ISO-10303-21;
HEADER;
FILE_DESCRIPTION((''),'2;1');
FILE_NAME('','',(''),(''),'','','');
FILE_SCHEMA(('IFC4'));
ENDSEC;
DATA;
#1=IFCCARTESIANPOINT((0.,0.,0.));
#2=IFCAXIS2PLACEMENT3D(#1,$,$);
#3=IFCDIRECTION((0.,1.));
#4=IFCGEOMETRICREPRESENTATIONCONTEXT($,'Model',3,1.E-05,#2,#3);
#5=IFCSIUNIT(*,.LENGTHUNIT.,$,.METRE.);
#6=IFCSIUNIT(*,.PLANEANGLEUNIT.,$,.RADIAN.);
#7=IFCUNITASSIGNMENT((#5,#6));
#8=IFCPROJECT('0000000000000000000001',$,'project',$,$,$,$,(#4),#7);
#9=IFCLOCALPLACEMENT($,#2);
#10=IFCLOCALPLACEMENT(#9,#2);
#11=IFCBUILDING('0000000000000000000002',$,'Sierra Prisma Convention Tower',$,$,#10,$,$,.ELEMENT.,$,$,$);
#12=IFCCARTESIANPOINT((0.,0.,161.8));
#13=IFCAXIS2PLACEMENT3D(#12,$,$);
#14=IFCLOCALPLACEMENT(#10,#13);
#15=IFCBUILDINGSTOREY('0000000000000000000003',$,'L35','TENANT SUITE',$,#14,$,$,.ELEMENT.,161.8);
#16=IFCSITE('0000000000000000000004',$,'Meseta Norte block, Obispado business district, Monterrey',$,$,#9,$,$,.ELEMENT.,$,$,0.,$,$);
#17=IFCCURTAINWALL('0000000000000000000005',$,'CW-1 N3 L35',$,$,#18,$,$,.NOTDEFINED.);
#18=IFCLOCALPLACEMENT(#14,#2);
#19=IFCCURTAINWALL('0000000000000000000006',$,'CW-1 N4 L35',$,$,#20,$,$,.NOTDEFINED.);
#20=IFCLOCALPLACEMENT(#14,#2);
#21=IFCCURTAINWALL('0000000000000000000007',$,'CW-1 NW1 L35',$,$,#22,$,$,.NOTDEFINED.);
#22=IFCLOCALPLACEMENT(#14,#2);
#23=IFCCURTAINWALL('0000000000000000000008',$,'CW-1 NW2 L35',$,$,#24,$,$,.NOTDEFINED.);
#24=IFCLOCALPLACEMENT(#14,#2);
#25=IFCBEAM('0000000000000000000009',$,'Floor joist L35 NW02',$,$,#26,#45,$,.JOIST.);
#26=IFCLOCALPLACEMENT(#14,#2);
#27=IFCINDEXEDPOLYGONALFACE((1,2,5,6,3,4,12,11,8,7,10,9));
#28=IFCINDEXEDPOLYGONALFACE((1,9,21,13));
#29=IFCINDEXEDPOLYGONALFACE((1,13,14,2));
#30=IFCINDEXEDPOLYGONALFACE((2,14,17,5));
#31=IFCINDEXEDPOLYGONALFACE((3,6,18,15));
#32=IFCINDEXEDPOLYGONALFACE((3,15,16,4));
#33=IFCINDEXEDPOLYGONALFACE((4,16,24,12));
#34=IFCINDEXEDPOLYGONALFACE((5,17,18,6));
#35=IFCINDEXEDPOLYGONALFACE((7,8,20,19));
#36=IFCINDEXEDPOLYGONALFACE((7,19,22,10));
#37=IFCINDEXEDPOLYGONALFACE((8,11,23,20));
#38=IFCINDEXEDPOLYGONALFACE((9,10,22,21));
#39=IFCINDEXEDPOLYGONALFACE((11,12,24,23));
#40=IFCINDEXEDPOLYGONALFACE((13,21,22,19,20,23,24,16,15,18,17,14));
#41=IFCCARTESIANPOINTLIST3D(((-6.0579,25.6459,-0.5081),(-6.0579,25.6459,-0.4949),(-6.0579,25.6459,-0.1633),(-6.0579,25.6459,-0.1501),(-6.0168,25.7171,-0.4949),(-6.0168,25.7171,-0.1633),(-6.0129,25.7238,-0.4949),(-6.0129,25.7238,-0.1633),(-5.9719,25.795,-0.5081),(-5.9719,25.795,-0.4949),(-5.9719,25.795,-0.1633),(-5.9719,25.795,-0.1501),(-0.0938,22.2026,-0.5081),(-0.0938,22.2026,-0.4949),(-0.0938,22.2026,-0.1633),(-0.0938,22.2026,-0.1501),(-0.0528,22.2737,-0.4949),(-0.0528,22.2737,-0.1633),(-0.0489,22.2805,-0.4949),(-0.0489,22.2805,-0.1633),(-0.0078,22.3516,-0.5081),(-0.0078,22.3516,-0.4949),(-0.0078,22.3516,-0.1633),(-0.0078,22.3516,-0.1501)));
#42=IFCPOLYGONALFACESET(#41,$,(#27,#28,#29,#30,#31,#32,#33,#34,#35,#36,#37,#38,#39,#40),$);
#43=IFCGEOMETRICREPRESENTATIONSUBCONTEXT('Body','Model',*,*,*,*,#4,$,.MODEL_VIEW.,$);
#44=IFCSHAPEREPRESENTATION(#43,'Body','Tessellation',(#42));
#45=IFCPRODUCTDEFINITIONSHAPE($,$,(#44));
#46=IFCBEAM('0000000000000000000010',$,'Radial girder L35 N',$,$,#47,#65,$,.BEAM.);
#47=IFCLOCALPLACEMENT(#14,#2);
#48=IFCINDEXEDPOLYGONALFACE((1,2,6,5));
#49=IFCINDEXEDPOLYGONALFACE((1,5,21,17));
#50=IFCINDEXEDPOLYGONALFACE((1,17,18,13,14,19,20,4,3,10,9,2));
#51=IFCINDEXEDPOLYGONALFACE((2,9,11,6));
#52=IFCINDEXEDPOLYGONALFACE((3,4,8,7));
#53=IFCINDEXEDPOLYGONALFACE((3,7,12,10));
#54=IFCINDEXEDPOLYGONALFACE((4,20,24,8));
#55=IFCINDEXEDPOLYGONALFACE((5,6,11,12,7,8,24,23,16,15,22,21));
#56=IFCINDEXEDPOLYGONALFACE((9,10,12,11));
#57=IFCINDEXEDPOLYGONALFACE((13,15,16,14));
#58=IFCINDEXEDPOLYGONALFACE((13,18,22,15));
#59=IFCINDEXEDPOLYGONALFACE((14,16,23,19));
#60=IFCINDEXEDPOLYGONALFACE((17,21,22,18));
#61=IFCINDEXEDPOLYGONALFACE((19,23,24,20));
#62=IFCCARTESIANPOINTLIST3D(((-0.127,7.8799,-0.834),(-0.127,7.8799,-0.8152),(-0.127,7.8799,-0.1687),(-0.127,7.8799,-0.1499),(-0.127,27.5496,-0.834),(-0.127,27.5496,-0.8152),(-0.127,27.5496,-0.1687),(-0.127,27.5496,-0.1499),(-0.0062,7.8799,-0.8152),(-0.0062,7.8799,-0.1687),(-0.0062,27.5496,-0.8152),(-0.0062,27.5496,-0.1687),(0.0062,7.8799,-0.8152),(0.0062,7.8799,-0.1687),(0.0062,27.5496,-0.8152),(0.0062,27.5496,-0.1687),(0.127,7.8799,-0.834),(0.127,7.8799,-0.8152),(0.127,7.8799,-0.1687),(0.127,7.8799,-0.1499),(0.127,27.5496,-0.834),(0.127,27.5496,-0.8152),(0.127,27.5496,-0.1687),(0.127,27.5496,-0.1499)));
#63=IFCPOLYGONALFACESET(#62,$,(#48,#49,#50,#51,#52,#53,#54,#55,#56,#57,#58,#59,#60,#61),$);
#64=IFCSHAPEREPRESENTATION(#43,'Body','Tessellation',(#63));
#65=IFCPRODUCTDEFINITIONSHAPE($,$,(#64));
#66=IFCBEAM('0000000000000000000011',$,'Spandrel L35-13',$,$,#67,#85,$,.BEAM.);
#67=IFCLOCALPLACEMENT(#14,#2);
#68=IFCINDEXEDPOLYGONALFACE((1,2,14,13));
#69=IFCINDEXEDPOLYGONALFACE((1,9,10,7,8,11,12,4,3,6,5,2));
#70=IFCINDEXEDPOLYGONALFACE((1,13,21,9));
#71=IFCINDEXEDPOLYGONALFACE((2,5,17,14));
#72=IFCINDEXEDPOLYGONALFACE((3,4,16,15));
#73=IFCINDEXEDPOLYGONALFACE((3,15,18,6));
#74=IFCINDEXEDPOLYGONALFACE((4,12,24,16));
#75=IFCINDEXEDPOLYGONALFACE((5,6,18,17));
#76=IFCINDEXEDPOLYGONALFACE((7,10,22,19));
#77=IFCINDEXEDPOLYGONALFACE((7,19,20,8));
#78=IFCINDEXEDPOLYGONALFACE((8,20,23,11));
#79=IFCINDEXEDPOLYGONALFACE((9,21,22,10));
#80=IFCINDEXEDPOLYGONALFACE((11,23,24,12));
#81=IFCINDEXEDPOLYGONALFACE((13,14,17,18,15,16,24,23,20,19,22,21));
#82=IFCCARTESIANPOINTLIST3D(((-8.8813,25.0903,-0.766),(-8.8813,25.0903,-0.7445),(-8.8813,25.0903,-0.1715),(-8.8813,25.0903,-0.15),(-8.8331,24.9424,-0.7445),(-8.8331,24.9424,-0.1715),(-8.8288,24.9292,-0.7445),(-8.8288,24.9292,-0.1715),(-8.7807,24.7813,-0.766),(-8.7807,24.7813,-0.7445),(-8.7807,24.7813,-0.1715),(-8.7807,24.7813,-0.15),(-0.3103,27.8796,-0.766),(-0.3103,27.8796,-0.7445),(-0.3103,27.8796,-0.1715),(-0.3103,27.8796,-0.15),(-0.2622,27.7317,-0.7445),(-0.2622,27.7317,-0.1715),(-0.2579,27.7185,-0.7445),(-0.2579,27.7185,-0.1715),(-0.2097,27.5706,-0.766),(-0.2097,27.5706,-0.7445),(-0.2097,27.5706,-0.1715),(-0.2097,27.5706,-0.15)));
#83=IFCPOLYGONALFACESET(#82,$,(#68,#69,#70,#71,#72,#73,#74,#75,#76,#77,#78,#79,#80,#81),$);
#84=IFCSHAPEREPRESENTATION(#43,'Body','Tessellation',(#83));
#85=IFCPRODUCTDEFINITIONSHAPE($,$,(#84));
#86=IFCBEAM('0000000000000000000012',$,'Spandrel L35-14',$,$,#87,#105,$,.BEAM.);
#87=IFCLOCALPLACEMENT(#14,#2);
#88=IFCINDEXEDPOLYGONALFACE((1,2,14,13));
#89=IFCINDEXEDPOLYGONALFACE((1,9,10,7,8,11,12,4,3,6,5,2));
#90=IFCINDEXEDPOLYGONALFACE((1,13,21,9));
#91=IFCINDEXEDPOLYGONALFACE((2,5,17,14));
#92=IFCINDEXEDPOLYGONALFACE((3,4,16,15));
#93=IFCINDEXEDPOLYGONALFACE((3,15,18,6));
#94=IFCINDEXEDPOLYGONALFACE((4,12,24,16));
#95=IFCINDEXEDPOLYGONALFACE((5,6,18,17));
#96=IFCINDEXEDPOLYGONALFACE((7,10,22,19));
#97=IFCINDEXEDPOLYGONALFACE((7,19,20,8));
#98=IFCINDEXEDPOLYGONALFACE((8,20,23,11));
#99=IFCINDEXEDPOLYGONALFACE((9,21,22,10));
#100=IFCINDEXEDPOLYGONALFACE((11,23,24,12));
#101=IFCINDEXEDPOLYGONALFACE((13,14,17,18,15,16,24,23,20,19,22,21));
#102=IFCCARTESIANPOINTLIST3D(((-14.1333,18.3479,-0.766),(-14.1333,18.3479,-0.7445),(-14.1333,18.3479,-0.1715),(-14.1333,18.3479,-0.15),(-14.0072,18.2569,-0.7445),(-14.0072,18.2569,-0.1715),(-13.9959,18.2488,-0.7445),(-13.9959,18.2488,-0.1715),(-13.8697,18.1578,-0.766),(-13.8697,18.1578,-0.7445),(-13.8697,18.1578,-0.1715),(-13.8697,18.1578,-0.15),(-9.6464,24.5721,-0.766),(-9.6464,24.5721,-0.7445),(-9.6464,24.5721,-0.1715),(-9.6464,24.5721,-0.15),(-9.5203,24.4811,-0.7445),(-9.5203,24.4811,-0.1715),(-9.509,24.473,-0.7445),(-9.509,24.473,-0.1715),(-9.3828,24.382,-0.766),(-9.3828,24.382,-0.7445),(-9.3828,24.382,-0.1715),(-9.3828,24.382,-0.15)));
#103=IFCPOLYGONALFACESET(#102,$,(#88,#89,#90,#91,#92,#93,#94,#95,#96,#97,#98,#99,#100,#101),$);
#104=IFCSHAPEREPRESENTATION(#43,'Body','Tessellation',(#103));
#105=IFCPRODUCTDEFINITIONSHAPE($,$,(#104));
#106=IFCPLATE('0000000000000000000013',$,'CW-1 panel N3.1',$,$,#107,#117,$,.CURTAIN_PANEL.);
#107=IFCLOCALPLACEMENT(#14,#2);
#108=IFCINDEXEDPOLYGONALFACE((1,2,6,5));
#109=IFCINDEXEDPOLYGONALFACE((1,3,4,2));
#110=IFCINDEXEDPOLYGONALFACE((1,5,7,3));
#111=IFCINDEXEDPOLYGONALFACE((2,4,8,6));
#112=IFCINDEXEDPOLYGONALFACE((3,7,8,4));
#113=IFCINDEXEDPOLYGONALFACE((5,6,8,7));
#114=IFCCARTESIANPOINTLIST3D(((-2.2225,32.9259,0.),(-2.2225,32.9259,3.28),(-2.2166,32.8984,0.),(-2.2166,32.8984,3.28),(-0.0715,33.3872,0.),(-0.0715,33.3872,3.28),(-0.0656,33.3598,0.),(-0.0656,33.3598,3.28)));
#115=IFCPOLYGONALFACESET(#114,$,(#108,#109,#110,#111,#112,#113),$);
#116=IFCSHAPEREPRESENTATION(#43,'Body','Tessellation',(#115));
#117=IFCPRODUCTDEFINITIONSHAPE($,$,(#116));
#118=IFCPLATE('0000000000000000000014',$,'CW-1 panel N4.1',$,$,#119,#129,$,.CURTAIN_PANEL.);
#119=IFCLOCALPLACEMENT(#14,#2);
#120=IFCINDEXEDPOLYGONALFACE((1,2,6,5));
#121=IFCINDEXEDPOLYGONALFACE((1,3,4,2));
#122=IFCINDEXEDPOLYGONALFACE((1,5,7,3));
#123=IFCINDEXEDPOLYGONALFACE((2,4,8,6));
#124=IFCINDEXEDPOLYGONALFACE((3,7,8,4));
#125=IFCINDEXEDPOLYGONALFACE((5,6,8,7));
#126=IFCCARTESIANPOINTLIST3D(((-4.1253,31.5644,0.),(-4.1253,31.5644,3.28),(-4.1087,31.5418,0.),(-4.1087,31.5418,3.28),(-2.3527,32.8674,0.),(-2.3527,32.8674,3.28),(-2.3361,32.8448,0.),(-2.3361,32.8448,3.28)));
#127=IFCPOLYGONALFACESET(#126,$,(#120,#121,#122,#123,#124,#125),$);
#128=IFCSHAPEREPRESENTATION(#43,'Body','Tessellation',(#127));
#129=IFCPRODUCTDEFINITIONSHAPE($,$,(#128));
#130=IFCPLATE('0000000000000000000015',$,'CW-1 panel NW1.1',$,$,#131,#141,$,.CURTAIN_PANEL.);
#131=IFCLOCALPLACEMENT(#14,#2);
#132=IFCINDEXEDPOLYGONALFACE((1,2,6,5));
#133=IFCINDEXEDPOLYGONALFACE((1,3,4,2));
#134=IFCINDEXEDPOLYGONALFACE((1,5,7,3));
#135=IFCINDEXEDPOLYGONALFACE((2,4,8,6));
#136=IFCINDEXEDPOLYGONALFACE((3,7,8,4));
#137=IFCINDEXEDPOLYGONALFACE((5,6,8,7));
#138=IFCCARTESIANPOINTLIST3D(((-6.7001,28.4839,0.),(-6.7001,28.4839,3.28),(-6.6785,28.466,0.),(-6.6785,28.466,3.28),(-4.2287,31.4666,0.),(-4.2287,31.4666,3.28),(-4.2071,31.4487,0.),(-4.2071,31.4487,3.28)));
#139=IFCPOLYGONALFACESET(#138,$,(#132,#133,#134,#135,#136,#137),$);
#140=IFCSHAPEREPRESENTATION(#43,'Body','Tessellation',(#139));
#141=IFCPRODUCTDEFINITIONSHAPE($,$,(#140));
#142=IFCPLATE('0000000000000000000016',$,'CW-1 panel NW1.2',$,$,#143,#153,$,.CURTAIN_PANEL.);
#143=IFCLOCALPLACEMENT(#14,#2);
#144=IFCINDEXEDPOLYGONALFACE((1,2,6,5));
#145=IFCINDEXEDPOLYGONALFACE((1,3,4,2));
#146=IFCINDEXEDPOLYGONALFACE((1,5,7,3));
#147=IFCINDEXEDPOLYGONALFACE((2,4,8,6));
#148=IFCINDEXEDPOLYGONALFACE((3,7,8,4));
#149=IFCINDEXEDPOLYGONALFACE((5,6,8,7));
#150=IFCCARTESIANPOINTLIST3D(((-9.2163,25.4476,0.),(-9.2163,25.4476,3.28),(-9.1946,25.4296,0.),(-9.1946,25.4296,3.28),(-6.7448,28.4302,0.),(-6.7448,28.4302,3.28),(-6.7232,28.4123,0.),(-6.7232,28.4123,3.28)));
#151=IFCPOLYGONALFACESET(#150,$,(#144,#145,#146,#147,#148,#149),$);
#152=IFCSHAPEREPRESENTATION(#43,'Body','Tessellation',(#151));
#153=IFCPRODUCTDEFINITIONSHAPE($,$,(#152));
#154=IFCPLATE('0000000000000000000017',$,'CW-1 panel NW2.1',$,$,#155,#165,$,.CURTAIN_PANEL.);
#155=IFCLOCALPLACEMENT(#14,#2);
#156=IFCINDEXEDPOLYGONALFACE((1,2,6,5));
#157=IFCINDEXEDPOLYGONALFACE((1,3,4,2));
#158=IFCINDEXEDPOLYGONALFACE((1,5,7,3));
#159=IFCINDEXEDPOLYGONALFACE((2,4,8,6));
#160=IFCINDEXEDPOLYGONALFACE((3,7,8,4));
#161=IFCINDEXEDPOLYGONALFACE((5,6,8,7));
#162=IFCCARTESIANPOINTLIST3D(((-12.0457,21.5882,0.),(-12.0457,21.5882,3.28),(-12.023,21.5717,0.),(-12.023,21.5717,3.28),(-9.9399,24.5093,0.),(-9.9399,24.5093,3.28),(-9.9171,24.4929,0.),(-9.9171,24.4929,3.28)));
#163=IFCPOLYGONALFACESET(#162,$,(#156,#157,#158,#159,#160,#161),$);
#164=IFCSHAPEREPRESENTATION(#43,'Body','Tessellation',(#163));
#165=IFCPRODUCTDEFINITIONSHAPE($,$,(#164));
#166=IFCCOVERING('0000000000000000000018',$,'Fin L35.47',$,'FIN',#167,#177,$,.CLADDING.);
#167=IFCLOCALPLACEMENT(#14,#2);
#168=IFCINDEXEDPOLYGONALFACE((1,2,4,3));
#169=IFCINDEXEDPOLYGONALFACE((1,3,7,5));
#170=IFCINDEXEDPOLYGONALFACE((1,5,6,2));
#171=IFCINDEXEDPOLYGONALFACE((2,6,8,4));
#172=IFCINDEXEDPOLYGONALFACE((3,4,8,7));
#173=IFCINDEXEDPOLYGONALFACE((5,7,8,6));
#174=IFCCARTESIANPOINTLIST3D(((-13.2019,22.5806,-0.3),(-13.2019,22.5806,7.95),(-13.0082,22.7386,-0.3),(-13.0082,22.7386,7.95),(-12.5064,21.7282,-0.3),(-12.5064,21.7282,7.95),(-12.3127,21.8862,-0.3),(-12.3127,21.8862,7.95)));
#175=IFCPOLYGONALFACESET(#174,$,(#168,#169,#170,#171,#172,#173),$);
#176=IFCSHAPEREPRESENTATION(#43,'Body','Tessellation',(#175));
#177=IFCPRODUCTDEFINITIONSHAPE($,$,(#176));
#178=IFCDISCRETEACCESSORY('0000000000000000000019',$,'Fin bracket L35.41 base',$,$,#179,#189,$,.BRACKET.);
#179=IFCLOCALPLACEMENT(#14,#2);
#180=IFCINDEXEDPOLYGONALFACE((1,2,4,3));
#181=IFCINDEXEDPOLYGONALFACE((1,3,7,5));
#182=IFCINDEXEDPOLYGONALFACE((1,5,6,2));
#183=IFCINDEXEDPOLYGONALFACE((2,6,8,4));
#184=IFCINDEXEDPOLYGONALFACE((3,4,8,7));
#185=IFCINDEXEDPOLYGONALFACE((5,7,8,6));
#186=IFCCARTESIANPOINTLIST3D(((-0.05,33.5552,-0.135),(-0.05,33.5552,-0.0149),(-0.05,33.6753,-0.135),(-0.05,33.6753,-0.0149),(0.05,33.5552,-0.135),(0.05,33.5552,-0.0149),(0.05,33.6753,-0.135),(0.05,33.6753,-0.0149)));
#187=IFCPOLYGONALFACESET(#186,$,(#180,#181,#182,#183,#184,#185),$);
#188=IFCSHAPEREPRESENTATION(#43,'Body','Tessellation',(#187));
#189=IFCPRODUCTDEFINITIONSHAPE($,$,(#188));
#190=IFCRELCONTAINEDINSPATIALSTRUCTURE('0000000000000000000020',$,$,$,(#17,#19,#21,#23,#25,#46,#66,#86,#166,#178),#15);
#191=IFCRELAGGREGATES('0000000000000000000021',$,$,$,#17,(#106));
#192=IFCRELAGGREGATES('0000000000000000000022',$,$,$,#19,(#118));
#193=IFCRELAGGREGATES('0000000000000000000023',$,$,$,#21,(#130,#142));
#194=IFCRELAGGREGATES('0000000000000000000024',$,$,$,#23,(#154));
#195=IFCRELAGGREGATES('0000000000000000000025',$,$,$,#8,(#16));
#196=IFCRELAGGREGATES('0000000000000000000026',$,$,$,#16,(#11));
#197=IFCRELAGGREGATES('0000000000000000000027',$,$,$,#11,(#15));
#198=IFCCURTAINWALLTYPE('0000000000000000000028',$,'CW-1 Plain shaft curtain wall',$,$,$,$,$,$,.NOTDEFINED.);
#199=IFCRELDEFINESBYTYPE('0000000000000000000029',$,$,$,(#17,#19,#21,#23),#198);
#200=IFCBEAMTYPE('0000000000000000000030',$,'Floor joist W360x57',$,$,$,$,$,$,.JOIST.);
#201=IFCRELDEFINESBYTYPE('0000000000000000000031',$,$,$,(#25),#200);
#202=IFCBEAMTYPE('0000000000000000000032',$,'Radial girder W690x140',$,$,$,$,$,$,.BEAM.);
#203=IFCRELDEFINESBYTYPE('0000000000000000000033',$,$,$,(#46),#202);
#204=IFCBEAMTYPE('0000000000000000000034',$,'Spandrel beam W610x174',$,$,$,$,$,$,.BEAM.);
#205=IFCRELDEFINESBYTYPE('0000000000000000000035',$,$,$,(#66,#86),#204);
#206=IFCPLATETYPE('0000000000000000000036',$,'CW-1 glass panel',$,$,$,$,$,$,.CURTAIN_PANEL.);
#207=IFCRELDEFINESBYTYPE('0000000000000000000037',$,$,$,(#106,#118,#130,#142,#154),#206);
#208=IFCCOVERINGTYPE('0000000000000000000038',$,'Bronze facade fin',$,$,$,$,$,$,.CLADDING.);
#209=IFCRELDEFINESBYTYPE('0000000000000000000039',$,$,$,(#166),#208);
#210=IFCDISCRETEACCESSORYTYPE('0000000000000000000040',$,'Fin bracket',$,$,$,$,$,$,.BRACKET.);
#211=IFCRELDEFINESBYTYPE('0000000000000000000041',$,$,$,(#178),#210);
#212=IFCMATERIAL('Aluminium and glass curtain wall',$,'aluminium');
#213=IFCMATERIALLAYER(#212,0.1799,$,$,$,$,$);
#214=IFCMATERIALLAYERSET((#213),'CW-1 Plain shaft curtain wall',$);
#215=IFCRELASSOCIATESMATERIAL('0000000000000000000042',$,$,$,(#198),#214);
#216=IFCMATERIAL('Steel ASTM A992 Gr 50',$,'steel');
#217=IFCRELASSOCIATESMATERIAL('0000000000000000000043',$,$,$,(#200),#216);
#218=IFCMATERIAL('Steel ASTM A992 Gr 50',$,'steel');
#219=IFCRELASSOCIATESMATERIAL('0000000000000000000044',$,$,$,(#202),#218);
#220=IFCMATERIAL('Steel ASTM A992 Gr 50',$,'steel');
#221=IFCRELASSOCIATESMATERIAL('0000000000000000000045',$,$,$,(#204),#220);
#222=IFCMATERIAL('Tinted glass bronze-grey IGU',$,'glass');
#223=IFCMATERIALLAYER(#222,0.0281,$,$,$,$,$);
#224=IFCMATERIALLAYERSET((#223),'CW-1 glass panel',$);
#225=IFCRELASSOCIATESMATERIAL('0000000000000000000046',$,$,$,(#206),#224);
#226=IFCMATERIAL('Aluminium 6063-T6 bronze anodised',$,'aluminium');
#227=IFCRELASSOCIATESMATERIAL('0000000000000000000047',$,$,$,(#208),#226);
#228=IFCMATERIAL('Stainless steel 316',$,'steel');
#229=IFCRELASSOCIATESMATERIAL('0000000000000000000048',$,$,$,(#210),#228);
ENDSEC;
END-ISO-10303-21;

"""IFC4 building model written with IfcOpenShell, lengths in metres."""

from ifc_helpers import new_model, si_unit, direction, frame, origin, origin_2d, place, context, subcontext, project, spatial, rectangle, i_section, extrude, material, layer, layer_set, material_profile, profile_set, type_object, element, aggregate, save


model = new_model("IFC4")

# Units and contexts
model_context = context("Model", 3, precision=1e-05, world=origin(), true_north=direction((0.0, 1.0)))
body_context = subcontext(model_context, "Body", "Model", "MODEL_VIEW")
ifc_project = project(units=[si_unit("LENGTHUNIT", "METRE"), si_unit("PLANEANGLEUNIT", "RADIAN")], contexts=[model_context])

# Site, building, storey
site_placement = place(None, origin())
site = spatial("IfcSite", under=ifc_project, at=site_placement, Name="Meseta Norte block, Obispado business district, Monterrey", CompositionType="ELEMENT", RefElevation=0.0)
building_placement = place(site_placement, origin())
building = spatial("IfcBuilding", under=site, at=building_placement, Name="Sierra Prisma Convention Tower", CompositionType="ELEMENT")
storey_placement = place(building_placement, frame((0.0, 0.0, 161.8)))
storey = spatial("IfcBuildingStorey", under=building, at=storey_placement, Name="L35", Description="TENANT SUITE", CompositionType="ELEMENT", Elevation=161.8)

# Curtain walls
ifc_material_1 = material(Name="Aluminium and glass curtain wall", Category="aluminium")
ifc_layer_1 = layer(ifc_material_1, 0.1799)
ifc_layer_set_1 = layer_set([ifc_layer_1], Name="CW-1 Plain shaft curtain wall")
curtain_wall_type = type_object("IfcCurtainWallType", Name="CW-1 Plain shaft curtain wall", PredefinedType="NOTDEFINED", material=ifc_layer_set_1)
curtain_wall_1_placement = place(storey_placement, origin())
curtain_wall_1 = element("IfcCurtainWall", 1, at=curtain_wall_1_placement, inside=storey, type_object=curtain_wall_type, Name="CW-1 N3 L35", PredefinedType="NOTDEFINED")
curtain_wall_2_placement = place(storey_placement, origin())
curtain_wall_2 = element("IfcCurtainWall", 2, at=curtain_wall_2_placement, inside=storey, type_object=curtain_wall_type, Name="CW-1 N4 L35", PredefinedType="NOTDEFINED")

# Curtain wall
curtain_wall_3_placement = place(storey_placement, origin())
curtain_wall_3 = element("IfcCurtainWall", 3, at=curtain_wall_3_placement, inside=storey, type_object=curtain_wall_type, Name="CW-1 NW1 L35", PredefinedType="NOTDEFINED")

# Curtain wall
curtain_wall_4_placement = place(storey_placement, origin())
curtain_wall_4 = element("IfcCurtainWall", 4, at=curtain_wall_4_placement, inside=storey, type_object=curtain_wall_type, Name="CW-1 NW2 L35", PredefinedType="NOTDEFINED")

# Beams
ifc_material_2 = material(Name="Steel ASTM A992 Gr 50", Category="steel")
ifc_material_profile_1 = material_profile(ifc_material_2, i_section(OverallWidth=0.1721, OverallDepth=0.3579, WebThickness=0.0078, FlangeThickness=0.0132, at=origin_2d()), Name="W360x57")
ifc_profile_set_1 = profile_set([ifc_material_profile_1], Name="Steel ASTM A992 Gr 50")
beam_type_1 = type_object("IfcBeamType", Name="Floor joist W360x57", PredefinedType="JOIST", material=ifc_profile_set_1)
beam_1_placement = place(storey_placement, frame((-6.0149, 25.7205, -0.3291), z_axis=(0.866027, -0.499998, 0.0), x_axis=(0.499998, 0.866027, 0.0)))
element("IfcBeam", 5, at=beam_1_placement, inside=storey, type_object=beam_type_1, Name="Floor joist L35 NW02", PredefinedType="JOIST", context=body_context, shape_type="SweptSolid", body=[
    extrude(i_section(OverallWidth=0.1721, OverallDepth=0.3579, WebThickness=0.0078, FlangeThickness=0.0132, at=origin_2d()), origin(), (0.0, 0.0, 1.0), 6.8867),
])
ifc_material_3 = material(Name="Steel ASTM A992 Gr 50", Category="steel")
ifc_material_profile_2 = material_profile(ifc_material_3, i_section(OverallWidth=0.2539, OverallDepth=0.6841, WebThickness=0.0125, FlangeThickness=0.0188, at=origin_2d()), Name="W690x140")
ifc_profile_set_2 = profile_set([ifc_material_profile_2], Name="Steel ASTM A992 Gr 50")
beam_type_2 = type_object("IfcBeamType", Name="Radial girder W690x140", PredefinedType="BEAM", material=ifc_profile_set_2)
beam_2_placement = place(storey_placement, frame((0.0, 27.5496, -0.4919), z_axis=(0.0, -1.0, 0.0), x_axis=(1.0, 0.0, 0.0)))
element("IfcBeam", 6, at=beam_2_placement, inside=storey, type_object=beam_type_2, Name="Radial girder L35 N", PredefinedType="BEAM", context=body_context, shape_type="SweptSolid", body=[
    extrude(i_section(OverallWidth=0.2539, OverallDepth=0.6841, WebThickness=0.0125, FlangeThickness=0.0188, at=origin_2d()), origin(), (0.0, 0.0, 1.0), 19.6697),
])
ifc_material_4 = material(Name="Steel ASTM A992 Gr 50", Category="steel")
ifc_material_profile_3 = material_profile(ifc_material_4, i_section(OverallWidth=0.325, OverallDepth=0.616, WebThickness=0.0139, FlangeThickness=0.0215, at=origin_2d()), Name="W610x174")
ifc_profile_set_3 = profile_set([ifc_material_profile_3], Name="Steel ASTM A992 Gr 50")
beam_type_3 = type_object("IfcBeamType", Name="Spandrel beam W610x174", PredefinedType="BEAM", material=ifc_profile_set_3)
beam_3_placement = place(storey_placement, frame((-0.26, 27.7251, -0.458), z_axis=(-0.950913, -0.309459, 0.0), x_axis=(0.309459, -0.950913, 0.0)))
element("IfcBeam", 7, at=beam_3_placement, inside=storey, type_object=beam_type_3, Name="Spandrel L35-13", PredefinedType="BEAM", context=body_context, shape_type="SweptSolid", body=[
    extrude(i_section(OverallWidth=0.325, OverallDepth=0.616, WebThickness=0.0139, FlangeThickness=0.0215, at=origin_2d()), origin(), (0.0, 0.0, 1.0), 9.0134),
])
beam_4_placement = place(storey_placement, frame((-9.5146, 24.4771, -0.458), z_axis=(-0.584772, -0.811197, 0.0), x_axis=(0.811197, -0.584772, 0.0)))
element("IfcBeam", 8, at=beam_4_placement, inside=storey, type_object=beam_type_3, Name="Spandrel L35-14", PredefinedType="BEAM", context=body_context, shape_type="SweptSolid", body=[
    extrude(i_section(OverallWidth=0.325, OverallDepth=0.616, WebThickness=0.0139, FlangeThickness=0.0215, at=origin_2d()), origin(), (0.0, 0.0, 1.0), 7.6729),
])

# Plates
ifc_material_5 = material(Name="Tinted glass bronze-grey IGU", Category="glass")
ifc_layer_2 = layer(ifc_material_5, 0.0281)
ifc_layer_set_2 = layer_set([ifc_layer_2], Name="CW-1 glass panel")
plate_type = type_object("IfcPlateType", Name="CW-1 glass panel", PredefinedType="CURTAIN_PANEL", material=ifc_layer_set_2)
plate_1_placement = place(storey_placement, frame((-1.144, 33.1428, 0.0), z_axis=(0.0, 0.0, 1.0), x_axis=(-0.97776, -0.209728, 0.0)))
plate_1 = element("IfcPlate", 9, at=plate_1_placement, type_object=plate_type, Name="CW-1 panel N3.1", PredefinedType="CURTAIN_PANEL", context=body_context, shape_type="SweptSolid", body=[
    extrude(rectangle(XDim=2.2, YDim=0.0281, at=origin_2d()), origin(), (0.0, 0.0, 1.0), 3.28),
])
aggregate(curtain_wall_1, [plate_1])
plate_2_placement = place(storey_placement, frame((-3.2307, 32.2046, 0.0), z_axis=(0.0, 0.0, 1.0), x_axis=(-0.805729, -0.592284, 0.0)))
plate_2 = element("IfcPlate", 10, at=plate_2_placement, type_object=plate_type, Name="CW-1 panel N4.1", PredefinedType="CURTAIN_PANEL", context=body_context, shape_type="SweptSolid", body=[
    extrude(rectangle(XDim=2.2, YDim=0.0281, at=origin_2d()), origin(), (0.0, 0.0, 1.0), 3.28),
])
aggregate(curtain_wall_2, [plate_2])
plate_3_placement = place(storey_placement, frame((-5.4536, 29.9663, 0.0), z_axis=(0.0, 0.0, 1.0), x_axis=(-0.638033, -0.770009, 0.0)))
plate_3 = element("IfcPlate", 11, at=plate_3_placement, type_object=plate_type, Name="CW-1 panel NW1.1", PredefinedType="CURTAIN_PANEL", context=body_context, shape_type="SweptSolid", body=[
    extrude(rectangle(XDim=3.8735, YDim=0.0281, at=origin_2d()), origin(), (0.0, 0.0, 1.0), 3.28),
])
plate_4_placement = place(storey_placement, frame((-7.9697, 26.9299, 0.0), z_axis=(0.0, 0.0, 1.0), x_axis=(-0.638033, -0.770009, 0.0)))
plate_4 = element("IfcPlate", 12, at=plate_4_placement, type_object=plate_type, Name="CW-1 panel NW1.2", PredefinedType="CURTAIN_PANEL", context=body_context, shape_type="SweptSolid", body=[
    extrude(rectangle(XDim=3.8735, YDim=0.0281, at=origin_2d()), origin(), (0.0, 0.0, 1.0), 3.28),
])
aggregate(curtain_wall_3, [plate_3, plate_4])
plate_5_placement = place(storey_placement, frame((-10.9814, 23.0405, 0.0), z_axis=(0.0, 0.0, 1.0), x_axis=(-0.584776, -0.811195, 0.0)))
plate_5 = element("IfcPlate", 13, at=plate_5_placement, type_object=plate_type, Name="CW-1 panel NW2.1", PredefinedType="CURTAIN_PANEL", context=body_context, shape_type="SweptSolid", body=[
    extrude(rectangle(XDim=3.6011, YDim=0.0281, at=origin_2d()), origin(), (0.0, 0.0, 1.0), 3.28),
])
aggregate(curtain_wall_4, [plate_5])

# Covering
ifc_material_6 = material(Name="Aluminium 6063-T6 bronze anodised", Category="aluminium")
ifc_material_profile_4 = material_profile(ifc_material_6, rectangle(XDim=1.1001, YDim=0.25, at=origin_2d()), Name="ALU FIN 1100x250")
ifc_profile_set_4 = profile_set([ifc_material_profile_4], Name="Aluminium 6063-T6 bronze anodised")
covering_type = type_object("IfcCoveringType", Name="Bronze facade fin", PredefinedType="CLADDING", material=ifc_profile_set_4)
covering_placement = place(storey_placement, frame((-12.7573, 22.2334, -0.3), z_axis=(0.0, 0.0, 1.0), x_axis=(-0.632203, 0.774803, 0.0)))
element("IfcCovering", 14, at=covering_placement, inside=storey, type_object=covering_type, Name="Fin L35.47", ObjectType="FIN", PredefinedType="CLADDING", context=body_context, shape_type="SweptSolid", body=[
    extrude(rectangle(XDim=1.1001, YDim=0.25, at=origin_2d()), origin(), (0.0, 0.0, 1.0), 8.25),
])

# Discrete accessory
ifc_material_7 = material(Name="Stainless steel 316", Category="steel")
discrete_accessory_type = type_object("IfcDiscreteAccessoryType", Name="Fin bracket", PredefinedType="BRACKET", material=ifc_material_7)
for number, where, z_axis, x_axis, name in (
    (15, (0.0, 33.6152, -0.135), (0.0, 0.0, 1.0), (0.0, 1.0, 0.0), "Fin bracket L35.41 base"),
):
    element("IfcDiscreteAccessory", number, at=place(storey_placement, frame(where, z_axis=z_axis, x_axis=x_axis)), inside=storey, type_object=discrete_accessory_type, Name=name, PredefinedType="BRACKET", context=body_context, shape_type="SweptSolid", body=[
        extrude(rectangle(XDim=0.1201, YDim=0.1001, at=origin_2d()), origin(), (0.0, 0.0, 1.0), 0.1201),
    ])

save(model, "model.ifc")
